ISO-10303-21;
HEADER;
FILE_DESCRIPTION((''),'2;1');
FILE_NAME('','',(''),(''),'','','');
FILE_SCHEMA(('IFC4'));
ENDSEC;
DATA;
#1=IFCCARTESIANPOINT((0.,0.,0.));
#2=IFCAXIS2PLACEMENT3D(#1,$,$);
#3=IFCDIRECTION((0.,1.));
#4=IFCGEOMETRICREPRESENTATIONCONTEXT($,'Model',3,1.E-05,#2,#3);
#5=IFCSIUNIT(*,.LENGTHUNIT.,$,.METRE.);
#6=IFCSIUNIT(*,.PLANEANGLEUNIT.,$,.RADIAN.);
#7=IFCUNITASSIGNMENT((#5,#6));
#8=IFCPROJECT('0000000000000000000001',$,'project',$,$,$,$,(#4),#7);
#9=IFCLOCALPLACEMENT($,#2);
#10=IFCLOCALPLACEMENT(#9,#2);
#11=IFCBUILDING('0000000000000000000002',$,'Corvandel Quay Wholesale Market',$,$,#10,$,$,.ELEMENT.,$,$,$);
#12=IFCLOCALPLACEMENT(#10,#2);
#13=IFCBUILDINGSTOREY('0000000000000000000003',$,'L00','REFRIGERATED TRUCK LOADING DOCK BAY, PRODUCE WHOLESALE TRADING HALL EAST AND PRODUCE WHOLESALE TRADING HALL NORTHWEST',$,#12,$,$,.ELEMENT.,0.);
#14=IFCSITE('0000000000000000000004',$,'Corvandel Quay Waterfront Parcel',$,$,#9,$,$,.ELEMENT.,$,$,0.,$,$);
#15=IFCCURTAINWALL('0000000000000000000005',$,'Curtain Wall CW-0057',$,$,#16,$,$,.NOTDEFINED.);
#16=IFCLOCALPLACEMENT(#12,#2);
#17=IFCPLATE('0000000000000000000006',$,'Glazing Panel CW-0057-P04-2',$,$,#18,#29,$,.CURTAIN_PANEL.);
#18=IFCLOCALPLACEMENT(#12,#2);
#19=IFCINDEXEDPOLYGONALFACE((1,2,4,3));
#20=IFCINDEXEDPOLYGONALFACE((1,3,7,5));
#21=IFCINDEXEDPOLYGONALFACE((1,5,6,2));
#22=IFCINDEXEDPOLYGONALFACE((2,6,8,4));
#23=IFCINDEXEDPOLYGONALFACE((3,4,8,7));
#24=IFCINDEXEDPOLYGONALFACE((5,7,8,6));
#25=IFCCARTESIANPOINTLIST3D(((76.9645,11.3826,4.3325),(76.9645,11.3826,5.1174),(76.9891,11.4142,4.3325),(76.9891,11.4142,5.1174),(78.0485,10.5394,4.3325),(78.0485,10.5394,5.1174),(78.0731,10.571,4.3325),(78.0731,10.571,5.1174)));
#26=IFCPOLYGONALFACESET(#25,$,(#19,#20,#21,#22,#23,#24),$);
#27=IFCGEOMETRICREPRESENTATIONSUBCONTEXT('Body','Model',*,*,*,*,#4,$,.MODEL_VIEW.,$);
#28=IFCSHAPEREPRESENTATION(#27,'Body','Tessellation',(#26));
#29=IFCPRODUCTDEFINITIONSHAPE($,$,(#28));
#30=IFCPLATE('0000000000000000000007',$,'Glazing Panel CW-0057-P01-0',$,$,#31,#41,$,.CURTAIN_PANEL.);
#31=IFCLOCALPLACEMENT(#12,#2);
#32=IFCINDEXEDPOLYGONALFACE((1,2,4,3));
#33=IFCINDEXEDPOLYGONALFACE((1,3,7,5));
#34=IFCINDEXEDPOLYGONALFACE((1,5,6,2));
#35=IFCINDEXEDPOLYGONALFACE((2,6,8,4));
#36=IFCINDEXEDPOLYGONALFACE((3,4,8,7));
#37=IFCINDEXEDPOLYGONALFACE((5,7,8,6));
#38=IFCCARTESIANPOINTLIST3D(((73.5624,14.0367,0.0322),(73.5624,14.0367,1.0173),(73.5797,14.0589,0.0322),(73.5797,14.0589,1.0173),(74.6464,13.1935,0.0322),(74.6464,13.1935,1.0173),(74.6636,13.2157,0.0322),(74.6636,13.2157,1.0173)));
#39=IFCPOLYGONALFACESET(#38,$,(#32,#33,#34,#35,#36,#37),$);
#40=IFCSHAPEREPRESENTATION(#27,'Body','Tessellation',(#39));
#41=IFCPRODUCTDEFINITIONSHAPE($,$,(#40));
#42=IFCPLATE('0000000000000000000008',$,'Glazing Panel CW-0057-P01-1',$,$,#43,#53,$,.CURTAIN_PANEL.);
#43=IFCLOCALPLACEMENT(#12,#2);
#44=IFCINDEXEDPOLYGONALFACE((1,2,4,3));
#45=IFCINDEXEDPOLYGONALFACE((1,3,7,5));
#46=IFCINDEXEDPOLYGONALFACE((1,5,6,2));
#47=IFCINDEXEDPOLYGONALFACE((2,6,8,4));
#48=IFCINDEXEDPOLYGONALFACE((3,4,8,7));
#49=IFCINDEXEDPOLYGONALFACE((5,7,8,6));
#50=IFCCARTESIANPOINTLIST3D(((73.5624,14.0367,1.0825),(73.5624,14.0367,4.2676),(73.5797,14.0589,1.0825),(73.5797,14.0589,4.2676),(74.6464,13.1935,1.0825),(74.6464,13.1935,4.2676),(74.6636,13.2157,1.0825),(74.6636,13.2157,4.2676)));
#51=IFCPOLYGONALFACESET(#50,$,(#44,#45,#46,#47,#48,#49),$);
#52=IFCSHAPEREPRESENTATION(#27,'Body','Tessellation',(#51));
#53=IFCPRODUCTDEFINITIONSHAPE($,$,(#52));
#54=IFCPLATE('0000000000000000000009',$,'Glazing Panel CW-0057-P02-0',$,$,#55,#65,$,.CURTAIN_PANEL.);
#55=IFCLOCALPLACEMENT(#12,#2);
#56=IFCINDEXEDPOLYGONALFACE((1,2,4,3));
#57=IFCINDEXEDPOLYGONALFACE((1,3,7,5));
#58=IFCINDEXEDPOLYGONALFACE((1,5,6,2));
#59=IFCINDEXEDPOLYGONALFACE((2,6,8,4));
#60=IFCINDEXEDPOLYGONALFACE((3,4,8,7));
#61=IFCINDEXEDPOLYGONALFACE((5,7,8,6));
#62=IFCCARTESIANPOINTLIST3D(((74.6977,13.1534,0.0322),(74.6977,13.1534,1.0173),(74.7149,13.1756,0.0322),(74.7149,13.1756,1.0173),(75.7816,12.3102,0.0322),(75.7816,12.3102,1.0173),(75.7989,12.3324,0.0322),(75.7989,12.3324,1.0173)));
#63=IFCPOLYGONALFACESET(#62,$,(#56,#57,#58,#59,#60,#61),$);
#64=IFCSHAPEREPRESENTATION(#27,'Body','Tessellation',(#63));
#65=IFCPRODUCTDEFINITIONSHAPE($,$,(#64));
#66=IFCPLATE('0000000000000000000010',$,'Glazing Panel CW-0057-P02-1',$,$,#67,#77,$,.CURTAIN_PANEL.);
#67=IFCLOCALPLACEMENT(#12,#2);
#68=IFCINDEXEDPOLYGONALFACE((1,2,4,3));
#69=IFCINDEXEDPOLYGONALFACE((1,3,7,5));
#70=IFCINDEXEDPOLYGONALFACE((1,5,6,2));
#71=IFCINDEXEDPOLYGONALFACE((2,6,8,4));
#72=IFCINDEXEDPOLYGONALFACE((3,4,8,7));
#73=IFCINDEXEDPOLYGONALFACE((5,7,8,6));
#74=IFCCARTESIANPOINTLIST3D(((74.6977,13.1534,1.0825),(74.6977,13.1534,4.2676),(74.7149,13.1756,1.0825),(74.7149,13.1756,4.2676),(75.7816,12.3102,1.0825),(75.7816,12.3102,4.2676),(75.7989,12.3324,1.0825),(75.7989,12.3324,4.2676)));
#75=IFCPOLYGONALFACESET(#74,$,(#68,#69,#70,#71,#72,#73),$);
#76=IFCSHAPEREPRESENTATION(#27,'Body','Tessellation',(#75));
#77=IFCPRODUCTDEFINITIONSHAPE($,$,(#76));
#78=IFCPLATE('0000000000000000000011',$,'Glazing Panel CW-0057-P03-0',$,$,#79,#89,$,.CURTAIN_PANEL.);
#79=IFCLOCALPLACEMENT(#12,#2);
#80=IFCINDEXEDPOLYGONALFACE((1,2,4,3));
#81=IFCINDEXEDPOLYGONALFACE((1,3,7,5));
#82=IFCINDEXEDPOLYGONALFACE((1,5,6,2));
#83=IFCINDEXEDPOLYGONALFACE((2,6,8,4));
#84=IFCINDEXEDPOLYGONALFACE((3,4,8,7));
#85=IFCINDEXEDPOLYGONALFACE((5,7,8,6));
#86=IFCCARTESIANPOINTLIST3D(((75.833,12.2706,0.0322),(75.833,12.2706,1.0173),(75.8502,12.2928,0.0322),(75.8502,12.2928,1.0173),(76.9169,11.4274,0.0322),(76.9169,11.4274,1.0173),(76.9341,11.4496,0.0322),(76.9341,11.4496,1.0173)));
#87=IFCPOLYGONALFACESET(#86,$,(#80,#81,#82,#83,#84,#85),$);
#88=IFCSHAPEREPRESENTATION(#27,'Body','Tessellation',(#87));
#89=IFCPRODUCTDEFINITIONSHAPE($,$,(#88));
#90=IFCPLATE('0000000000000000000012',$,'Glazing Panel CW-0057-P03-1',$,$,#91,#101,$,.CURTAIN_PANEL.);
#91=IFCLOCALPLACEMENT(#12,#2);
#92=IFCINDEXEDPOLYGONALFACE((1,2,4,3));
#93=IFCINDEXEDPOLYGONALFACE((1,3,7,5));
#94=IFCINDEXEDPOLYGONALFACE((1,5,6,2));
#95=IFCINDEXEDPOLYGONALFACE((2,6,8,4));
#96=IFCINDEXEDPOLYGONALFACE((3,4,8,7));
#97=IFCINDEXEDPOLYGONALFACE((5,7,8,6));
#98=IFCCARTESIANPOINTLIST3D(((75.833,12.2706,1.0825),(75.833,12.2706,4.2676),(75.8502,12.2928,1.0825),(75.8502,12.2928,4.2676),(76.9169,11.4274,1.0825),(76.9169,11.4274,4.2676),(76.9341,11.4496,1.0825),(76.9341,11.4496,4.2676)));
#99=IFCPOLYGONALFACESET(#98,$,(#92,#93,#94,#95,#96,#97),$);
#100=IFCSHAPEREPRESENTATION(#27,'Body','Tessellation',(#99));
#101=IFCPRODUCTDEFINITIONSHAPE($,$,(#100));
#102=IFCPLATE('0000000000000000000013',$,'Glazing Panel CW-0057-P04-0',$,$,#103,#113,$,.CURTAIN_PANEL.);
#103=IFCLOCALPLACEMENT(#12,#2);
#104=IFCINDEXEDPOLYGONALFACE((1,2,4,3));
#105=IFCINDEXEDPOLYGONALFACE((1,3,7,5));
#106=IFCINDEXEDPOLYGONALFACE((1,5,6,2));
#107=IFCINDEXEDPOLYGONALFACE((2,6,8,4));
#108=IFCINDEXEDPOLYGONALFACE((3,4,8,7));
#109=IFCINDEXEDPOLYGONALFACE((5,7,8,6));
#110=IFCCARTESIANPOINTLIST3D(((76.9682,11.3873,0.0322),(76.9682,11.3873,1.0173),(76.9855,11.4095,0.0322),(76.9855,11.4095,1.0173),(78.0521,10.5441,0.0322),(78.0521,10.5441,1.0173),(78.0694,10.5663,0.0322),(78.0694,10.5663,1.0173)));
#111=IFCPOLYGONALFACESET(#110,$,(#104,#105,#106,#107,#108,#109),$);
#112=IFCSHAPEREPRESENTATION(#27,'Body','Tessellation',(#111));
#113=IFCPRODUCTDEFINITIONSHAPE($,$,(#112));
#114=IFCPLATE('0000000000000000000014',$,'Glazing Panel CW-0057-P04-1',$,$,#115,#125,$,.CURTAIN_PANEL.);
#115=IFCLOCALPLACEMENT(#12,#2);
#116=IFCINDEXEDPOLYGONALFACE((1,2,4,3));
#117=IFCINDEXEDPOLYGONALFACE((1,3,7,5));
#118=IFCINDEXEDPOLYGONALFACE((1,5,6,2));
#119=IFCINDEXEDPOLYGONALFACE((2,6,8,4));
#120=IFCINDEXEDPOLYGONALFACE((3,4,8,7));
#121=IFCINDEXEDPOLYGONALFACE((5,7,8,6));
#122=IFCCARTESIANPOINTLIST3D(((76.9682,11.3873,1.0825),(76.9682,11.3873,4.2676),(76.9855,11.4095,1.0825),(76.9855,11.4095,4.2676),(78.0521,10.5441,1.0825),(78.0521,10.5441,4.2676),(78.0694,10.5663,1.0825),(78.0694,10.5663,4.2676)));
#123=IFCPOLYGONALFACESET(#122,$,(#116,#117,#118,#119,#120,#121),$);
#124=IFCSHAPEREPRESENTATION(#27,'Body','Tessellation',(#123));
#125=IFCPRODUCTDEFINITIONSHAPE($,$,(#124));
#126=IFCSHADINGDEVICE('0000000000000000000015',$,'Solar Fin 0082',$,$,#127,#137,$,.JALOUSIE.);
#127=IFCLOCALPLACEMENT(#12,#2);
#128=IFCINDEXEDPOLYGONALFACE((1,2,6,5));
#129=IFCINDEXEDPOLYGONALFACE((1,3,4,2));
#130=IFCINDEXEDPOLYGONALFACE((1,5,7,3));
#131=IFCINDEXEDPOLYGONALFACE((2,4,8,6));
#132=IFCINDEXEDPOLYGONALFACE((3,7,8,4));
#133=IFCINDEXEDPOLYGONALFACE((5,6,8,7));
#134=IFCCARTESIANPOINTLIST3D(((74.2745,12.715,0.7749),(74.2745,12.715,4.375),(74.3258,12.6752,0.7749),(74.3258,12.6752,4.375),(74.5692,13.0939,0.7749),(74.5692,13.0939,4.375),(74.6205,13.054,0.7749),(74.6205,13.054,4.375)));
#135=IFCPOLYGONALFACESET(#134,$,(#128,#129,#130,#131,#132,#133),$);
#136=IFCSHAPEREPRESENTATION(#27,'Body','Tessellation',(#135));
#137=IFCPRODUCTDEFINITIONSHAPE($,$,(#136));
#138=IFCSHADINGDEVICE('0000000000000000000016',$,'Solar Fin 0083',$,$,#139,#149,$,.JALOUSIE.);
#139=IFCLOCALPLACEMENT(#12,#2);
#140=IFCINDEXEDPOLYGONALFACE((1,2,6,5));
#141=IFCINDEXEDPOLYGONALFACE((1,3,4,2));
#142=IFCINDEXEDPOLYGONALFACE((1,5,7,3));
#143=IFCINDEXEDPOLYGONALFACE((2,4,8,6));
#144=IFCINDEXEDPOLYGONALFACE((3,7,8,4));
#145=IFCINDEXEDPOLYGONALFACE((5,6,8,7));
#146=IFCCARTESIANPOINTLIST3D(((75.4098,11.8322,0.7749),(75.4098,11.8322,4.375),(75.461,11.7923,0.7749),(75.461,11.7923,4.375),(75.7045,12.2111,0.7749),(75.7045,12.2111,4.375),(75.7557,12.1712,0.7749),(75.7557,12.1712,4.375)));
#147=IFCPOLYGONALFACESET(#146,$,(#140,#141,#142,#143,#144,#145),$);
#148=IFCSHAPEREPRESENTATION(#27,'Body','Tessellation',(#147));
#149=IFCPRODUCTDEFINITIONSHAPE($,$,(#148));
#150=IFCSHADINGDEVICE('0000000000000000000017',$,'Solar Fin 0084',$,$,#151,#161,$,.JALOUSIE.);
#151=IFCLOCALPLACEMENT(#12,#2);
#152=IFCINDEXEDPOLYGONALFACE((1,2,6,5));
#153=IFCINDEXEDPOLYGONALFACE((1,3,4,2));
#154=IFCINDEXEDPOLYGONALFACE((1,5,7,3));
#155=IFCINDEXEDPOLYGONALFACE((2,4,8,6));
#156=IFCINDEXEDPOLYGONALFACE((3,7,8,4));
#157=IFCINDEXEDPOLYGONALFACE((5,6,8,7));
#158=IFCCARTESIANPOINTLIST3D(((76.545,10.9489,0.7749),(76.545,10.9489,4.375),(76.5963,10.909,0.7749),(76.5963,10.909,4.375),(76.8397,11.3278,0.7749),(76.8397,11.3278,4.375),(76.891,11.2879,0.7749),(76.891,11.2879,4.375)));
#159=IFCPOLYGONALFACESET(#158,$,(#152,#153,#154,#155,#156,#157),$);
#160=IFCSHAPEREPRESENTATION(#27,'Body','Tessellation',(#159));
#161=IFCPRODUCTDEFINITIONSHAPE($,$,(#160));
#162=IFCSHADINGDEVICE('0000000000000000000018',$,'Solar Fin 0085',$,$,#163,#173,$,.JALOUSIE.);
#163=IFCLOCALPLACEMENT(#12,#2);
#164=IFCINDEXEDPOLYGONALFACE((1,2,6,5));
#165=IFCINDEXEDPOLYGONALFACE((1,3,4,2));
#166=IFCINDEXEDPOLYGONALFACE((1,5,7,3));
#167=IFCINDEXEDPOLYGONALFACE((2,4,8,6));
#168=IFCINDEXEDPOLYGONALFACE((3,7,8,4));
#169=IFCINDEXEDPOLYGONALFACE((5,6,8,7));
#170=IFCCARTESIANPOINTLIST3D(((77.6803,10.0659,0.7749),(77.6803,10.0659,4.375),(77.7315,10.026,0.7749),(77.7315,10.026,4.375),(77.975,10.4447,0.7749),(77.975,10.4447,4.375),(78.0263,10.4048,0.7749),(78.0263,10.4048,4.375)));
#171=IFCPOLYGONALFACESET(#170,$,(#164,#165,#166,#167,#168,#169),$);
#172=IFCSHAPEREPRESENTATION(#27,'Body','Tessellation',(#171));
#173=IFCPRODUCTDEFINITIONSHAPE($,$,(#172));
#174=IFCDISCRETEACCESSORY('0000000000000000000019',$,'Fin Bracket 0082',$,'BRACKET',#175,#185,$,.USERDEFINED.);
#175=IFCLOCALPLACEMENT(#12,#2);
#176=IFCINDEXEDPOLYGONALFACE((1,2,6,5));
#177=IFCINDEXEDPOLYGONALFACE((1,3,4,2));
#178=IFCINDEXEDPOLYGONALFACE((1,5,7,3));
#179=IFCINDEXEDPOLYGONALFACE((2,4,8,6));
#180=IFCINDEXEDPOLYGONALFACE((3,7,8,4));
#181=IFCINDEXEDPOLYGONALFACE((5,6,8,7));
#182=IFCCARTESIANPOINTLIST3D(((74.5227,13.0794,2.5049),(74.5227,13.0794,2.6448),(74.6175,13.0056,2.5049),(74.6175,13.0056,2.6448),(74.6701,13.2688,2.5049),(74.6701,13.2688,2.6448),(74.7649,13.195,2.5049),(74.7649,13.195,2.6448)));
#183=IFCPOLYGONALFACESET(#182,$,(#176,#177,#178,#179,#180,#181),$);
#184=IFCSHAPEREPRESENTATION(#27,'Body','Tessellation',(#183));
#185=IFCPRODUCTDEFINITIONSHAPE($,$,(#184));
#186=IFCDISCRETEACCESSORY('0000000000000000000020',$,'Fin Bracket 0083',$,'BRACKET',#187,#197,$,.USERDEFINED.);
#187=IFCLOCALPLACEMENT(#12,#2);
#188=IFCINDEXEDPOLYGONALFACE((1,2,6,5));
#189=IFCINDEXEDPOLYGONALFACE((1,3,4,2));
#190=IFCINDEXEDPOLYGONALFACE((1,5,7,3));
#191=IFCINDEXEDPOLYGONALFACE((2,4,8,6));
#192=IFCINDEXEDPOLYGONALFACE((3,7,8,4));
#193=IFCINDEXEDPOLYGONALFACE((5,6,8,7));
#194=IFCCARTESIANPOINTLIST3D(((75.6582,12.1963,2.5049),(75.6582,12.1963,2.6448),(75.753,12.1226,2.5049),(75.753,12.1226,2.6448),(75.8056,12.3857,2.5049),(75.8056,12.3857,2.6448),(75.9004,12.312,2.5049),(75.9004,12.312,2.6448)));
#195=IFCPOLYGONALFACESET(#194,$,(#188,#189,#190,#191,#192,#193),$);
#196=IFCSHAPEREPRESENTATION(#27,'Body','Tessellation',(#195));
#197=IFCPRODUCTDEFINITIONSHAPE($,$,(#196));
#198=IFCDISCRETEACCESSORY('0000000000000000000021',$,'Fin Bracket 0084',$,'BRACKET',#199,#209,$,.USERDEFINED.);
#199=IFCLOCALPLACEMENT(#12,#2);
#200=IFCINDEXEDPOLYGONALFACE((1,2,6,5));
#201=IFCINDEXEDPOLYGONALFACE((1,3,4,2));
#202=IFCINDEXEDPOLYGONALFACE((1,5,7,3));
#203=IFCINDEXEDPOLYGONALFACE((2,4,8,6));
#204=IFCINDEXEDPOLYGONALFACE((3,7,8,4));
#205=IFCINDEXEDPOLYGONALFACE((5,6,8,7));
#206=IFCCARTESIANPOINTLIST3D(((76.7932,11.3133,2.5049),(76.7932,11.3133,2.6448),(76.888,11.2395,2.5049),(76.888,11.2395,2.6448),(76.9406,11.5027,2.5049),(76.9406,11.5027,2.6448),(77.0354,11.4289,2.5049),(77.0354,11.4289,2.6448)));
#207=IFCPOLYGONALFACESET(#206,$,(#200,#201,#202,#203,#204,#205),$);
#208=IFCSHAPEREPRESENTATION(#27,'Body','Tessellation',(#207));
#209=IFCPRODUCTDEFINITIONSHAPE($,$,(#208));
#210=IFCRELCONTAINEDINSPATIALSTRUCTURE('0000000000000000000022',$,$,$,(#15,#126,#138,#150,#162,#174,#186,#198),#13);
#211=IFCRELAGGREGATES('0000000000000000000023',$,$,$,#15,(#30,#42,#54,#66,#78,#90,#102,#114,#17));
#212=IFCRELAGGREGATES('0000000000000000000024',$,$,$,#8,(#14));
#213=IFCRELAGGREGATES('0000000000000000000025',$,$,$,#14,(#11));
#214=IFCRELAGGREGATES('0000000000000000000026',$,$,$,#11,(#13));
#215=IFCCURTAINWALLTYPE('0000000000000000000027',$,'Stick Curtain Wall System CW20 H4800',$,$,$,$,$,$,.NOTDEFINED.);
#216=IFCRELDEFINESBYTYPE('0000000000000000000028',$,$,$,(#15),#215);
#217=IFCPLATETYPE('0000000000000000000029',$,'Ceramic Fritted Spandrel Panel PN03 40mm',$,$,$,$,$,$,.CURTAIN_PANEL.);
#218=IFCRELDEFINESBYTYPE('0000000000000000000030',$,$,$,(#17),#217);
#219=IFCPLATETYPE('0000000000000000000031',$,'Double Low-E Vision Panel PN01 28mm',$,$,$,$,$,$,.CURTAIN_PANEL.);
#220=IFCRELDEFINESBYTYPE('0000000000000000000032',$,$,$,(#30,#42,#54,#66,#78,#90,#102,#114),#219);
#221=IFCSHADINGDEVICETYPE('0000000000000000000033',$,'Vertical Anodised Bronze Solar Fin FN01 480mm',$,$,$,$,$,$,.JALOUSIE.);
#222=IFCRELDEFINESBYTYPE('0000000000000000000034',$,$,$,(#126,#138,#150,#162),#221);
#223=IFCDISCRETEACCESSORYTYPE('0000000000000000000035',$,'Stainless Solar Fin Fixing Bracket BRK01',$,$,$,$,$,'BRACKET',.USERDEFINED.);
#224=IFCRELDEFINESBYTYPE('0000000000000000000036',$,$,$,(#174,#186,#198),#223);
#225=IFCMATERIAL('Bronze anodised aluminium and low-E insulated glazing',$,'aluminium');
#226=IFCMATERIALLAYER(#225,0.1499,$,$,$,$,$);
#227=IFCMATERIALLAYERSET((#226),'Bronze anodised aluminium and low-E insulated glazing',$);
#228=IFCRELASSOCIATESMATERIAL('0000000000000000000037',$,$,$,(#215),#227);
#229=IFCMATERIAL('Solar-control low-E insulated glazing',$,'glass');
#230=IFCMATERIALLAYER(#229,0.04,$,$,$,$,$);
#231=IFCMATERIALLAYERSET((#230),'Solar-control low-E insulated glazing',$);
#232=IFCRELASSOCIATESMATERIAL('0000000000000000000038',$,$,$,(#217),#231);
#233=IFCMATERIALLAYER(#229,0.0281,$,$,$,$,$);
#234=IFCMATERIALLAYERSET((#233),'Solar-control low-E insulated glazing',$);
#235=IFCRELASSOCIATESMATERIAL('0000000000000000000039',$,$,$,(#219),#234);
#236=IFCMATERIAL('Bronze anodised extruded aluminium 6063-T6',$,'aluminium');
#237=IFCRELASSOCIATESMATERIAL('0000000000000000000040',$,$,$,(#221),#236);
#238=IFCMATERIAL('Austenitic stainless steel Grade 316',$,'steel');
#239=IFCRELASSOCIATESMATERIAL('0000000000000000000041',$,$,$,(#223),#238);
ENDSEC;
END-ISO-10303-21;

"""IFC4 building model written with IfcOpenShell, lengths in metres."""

from ifc_helpers import new_model, si_unit, direction, frame, origin, origin_2d, place, context, subcontext, project, spatial, rectangle, extrude, material, layer, layer_set, type_object, element, aggregate, save


model = new_model("IFC4")

# Units and contexts
model_context = context("Model", 3, precision=1e-05, world=origin(), true_north=direction((0.0, 1.0)))
body_context = subcontext(model_context, "Body", "Model", "MODEL_VIEW")
ifc_project = project(units=[si_unit("LENGTHUNIT", "METRE"), si_unit("PLANEANGLEUNIT", "RADIAN")], contexts=[model_context])

# Site, building, storey
site_placement = place(None, origin())
site = spatial("IfcSite", under=ifc_project, at=site_placement, Name="Corvandel Quay Waterfront Parcel", CompositionType="ELEMENT", RefElevation=0.0)
building_placement = place(site_placement, origin())
building = spatial("IfcBuilding", under=site, at=building_placement, Name="Corvandel Quay Wholesale Market", CompositionType="ELEMENT")
storey_placement = place(building_placement, origin())
storey = spatial("IfcBuildingStorey", under=building, at=storey_placement, Name="L00", Description="REFRIGERATED TRUCK LOADING DOCK BAY, PRODUCE WHOLESALE TRADING HALL EAST AND PRODUCE WHOLESALE TRADING HALL NORTHWEST", CompositionType="ELEMENT", Elevation=0.0)

# Curtain wall, plates
ifc_material_1 = material(Name="Bronze anodised aluminium and low-E insulated glazing", Category="aluminium")
ifc_layer_1 = layer(ifc_material_1, 0.1499)
ifc_layer_set_1 = layer_set([ifc_layer_1], Name="Bronze anodised aluminium and low-E insulated glazing")
curtain_wall_type = type_object("IfcCurtainWallType", Name="Stick Curtain Wall System CW20 H4800", PredefinedType="NOTDEFINED", material=ifc_layer_set_1)
curtain_wall_placement = place(storey_placement, origin())
curtain_wall = element("IfcCurtainWall", 1, at=curtain_wall_placement, inside=storey, type_object=curtain_wall_type, Name="Curtain Wall CW-0057", PredefinedType="NOTDEFINED")
ifc_material_2 = material(Name="Solar-control low-E insulated glazing", Category="glass")
ifc_layer_2 = layer(ifc_material_2, 0.04)
ifc_layer_set_2 = layer_set([ifc_layer_2], Name="Solar-control low-E insulated glazing")
plate_type_1 = type_object("IfcPlateType", Name="Ceramic Fritted Spandrel Panel PN03 40mm", PredefinedType="CURTAIN_PANEL", material=ifc_layer_set_2)
plate_1_placement = place(storey_placement, frame((77.5188, 10.9768, 4.3325), z_axis=(0.0, 0.0, 1.0), x_axis=(-0.789298, 0.61401, 0.0)))
plate_1 = element("IfcPlate", 2, at=plate_1_placement, type_object=plate_type_1, Name="Glazing Panel CW-0057-P04-2", PredefinedType="CURTAIN_PANEL", context=body_context, shape_type="SweptSolid", body=[
    extrude(rectangle(XDim=1.3733, YDim=0.04, at=origin_2d()), origin(), (0.0, 0.0, 1.0), 0.7849),
])
ifc_layer_3 = layer(ifc_material_2, 0.0281)
ifc_layer_set_3 = layer_set([ifc_layer_3], Name="Solar-control low-E insulated glazing")
plate_type_2 = type_object("IfcPlateType", Name="Double Low-E Vision Panel PN01 28mm", PredefinedType="CURTAIN_PANEL", material=ifc_layer_set_3)
plate_2_placement = place(storey_placement, frame((74.113, 13.6262, 0.0322), z_axis=(0.0, 0.0, 1.0), x_axis=(-0.789298, 0.61401, 0.0)))
plate_2 = element("IfcPlate", 3, at=plate_2_placement, type_object=plate_type_2, Name="Glazing Panel CW-0057-P01-0", PredefinedType="CURTAIN_PANEL", context=body_context, shape_type="SweptSolid", body=[
    extrude(rectangle(XDim=1.3733, YDim=0.0281, at=origin_2d()), origin(), (0.0, 0.0, 1.0), 0.9851),
])
plate_3_placement = place(storey_placement, frame((74.113, 13.6262, 1.0825), z_axis=(0.0, 0.0, 1.0), x_axis=(-0.789298, 0.61401, 0.0)))
plate_3 = element("IfcPlate", 4, at=plate_3_placement, type_object=plate_type_2, Name="Glazing Panel CW-0057-P01-1", PredefinedType="CURTAIN_PANEL", context=body_context, shape_type="SweptSolid", body=[
    extrude(rectangle(XDim=1.3733, YDim=0.0281, at=origin_2d()), origin(), (0.0, 0.0, 1.0), 3.1851),
])
plate_4_placement = place(storey_placement, frame((75.2483, 12.7429, 0.0322), z_axis=(0.0, 0.0, 1.0), x_axis=(-0.789298, 0.61401, 0.0)))
plate_4 = element("IfcPlate", 5, at=plate_4_placement, type_object=plate_type_2, Name="Glazing Panel CW-0057-P02-0", PredefinedType="CURTAIN_PANEL", context=body_context, shape_type="SweptSolid", body=[
    extrude(rectangle(XDim=1.3733, YDim=0.0281, at=origin_2d()), origin(), (0.0, 0.0, 1.0), 0.9851),
])
plate_5_placement = place(storey_placement, frame((75.2483, 12.7429, 1.0825), z_axis=(0.0, 0.0, 1.0), x_axis=(-0.789298, 0.61401, 0.0)))
plate_5 = element("IfcPlate", 6, at=plate_5_placement, type_object=plate_type_2, Name="Glazing Panel CW-0057-P02-1", PredefinedType="CURTAIN_PANEL", context=body_context, shape_type="SweptSolid", body=[
    extrude(rectangle(XDim=1.3733, YDim=0.0281, at=origin_2d()), origin(), (0.0, 0.0, 1.0), 3.1851),
])
plate_6_placement = place(storey_placement, frame((76.3835, 11.8601, 0.0322), z_axis=(0.0, 0.0, 1.0), x_axis=(-0.789298, 0.61401, 0.0)))
plate_6 = element("IfcPlate", 7, at=plate_6_placement, type_object=plate_type_2, Name="Glazing Panel CW-0057-P03-0", PredefinedType="CURTAIN_PANEL", context=body_context, shape_type="SweptSolid", body=[
    extrude(rectangle(XDim=1.3733, YDim=0.0281, at=origin_2d()), origin(), (0.0, 0.0, 1.0), 0.9851),
])
plate_7_placement = place(storey_placement, frame((76.3835, 11.8601, 1.0825), z_axis=(0.0, 0.0, 1.0), x_axis=(-0.789298, 0.61401, 0.0)))
plate_7 = element("IfcPlate", 8, at=plate_7_placement, type_object=plate_type_2, Name="Glazing Panel CW-0057-P03-1", PredefinedType="CURTAIN_PANEL", context=body_context, shape_type="SweptSolid", body=[
    extrude(rectangle(XDim=1.3733, YDim=0.0281, at=origin_2d()), origin(), (0.0, 0.0, 1.0), 3.1851),
])
plate_8_placement = place(storey_placement, frame((77.5188, 10.9768, 0.0322), z_axis=(0.0, 0.0, 1.0), x_axis=(-0.789298, 0.61401, 0.0)))
plate_8 = element("IfcPlate", 9, at=plate_8_placement, type_object=plate_type_2, Name="Glazing Panel CW-0057-P04-0", PredefinedType="CURTAIN_PANEL", context=body_context, shape_type="SweptSolid", body=[
    extrude(rectangle(XDim=1.3733, YDim=0.0281, at=origin_2d()), origin(), (0.0, 0.0, 1.0), 0.9851),
])
plate_9_placement = place(storey_placement, frame((77.5188, 10.9768, 1.0825), z_axis=(0.0, 0.0, 1.0), x_axis=(-0.789298, 0.61401, 0.0)))
plate_9 = element("IfcPlate", 10, at=plate_9_placement, type_object=plate_type_2, Name="Glazing Panel CW-0057-P04-1", PredefinedType="CURTAIN_PANEL", context=body_context, shape_type="SweptSolid", body=[
    extrude(rectangle(XDim=1.3733, YDim=0.0281, at=origin_2d()), origin(), (0.0, 0.0, 1.0), 3.1851),
])
aggregate(curtain_wall, [plate_2, plate_3, plate_4, plate_5, plate_6, plate_7, plate_8, plate_9, plate_1])

# Shading devices
ifc_material_3 = material(Name="Bronze anodised extruded aluminium 6063-T6", Category="aluminium")
shading_device_type = type_object("IfcShadingDeviceType", Name="Vertical Anodised Bronze Solar Fin FN01 480mm", PredefinedType="JALOUSIE", material=ifc_material_3)
for number, where, z_axis, x_axis, name in (
    (11, (74.4475, 12.8845, 0.7749), (0.0, 0.0, 1.0), (0.61401, 0.789298, 0.0), "Solar Fin 0082"),
    (12, (75.5828, 12.0017, 0.7749), (0.0, 0.0, 1.0), (0.61401, 0.789298, 0.0), "Solar Fin 0083"),
    (13, (76.718, 11.1184, 0.7749), (0.0, 0.0, 1.0), (0.61401, 0.789298, 0.0), "Solar Fin 0084"),
    (14, (77.8533, 10.2354, 0.7749), (0.0, 0.0, 1.0), (0.61401, 0.789298, 0.0), "Solar Fin 0085"),
):
    element("IfcShadingDevice", number, at=place(storey_placement, frame(where, z_axis=z_axis, x_axis=x_axis)), inside=storey, type_object=shading_device_type, Name=name, PredefinedType="JALOUSIE", context=body_context, shape_type="SweptSolid", body=[
        extrude(rectangle(XDim=0.48, YDim=0.0649, at=origin_2d()), origin(), (0.0, 0.0, 1.0), 3.6001),
    ])

# Discrete accessories
ifc_material_4 = material(Name="Austenitic stainless steel Grade 316", Category="steel")
discrete_accessory_type = type_object("IfcDiscreteAccessoryType", Name="Stainless Solar Fin Fixing Bracket BRK01", ElementType="BRACKET", PredefinedType="USERDEFINED", material=ifc_material_4)
for number, where, z_axis, x_axis, name in (
    (15, (74.6438, 13.1372, 2.5049), (0.0, 0.0, 1.0), (0.61401, 0.789298, 0.0), "Fin Bracket 0082"),
    (16, (75.7793, 12.2542, 2.5049), (0.0, 0.0, 1.0), (0.61401, 0.789298, 0.0), "Fin Bracket 0083"),
    (17, (76.9143, 11.3711, 2.5049), (0.0, 0.0, 1.0), (0.61401, 0.789298, 0.0), "Fin Bracket 0084"),
):
    element("IfcDiscreteAccessory", number, at=place(storey_placement, frame(where, z_axis=z_axis, x_axis=x_axis)), inside=storey, type_object=discrete_accessory_type, Name=name, ObjectType="BRACKET", PredefinedType="USERDEFINED", context=body_context, shape_type="SweptSolid", body=[
        extrude(rectangle(XDim=0.24, YDim=0.1201, at=origin_2d()), origin(), (0.0, 0.0, 1.0), 0.1399),
    ])

save(model, "model.ifc")
